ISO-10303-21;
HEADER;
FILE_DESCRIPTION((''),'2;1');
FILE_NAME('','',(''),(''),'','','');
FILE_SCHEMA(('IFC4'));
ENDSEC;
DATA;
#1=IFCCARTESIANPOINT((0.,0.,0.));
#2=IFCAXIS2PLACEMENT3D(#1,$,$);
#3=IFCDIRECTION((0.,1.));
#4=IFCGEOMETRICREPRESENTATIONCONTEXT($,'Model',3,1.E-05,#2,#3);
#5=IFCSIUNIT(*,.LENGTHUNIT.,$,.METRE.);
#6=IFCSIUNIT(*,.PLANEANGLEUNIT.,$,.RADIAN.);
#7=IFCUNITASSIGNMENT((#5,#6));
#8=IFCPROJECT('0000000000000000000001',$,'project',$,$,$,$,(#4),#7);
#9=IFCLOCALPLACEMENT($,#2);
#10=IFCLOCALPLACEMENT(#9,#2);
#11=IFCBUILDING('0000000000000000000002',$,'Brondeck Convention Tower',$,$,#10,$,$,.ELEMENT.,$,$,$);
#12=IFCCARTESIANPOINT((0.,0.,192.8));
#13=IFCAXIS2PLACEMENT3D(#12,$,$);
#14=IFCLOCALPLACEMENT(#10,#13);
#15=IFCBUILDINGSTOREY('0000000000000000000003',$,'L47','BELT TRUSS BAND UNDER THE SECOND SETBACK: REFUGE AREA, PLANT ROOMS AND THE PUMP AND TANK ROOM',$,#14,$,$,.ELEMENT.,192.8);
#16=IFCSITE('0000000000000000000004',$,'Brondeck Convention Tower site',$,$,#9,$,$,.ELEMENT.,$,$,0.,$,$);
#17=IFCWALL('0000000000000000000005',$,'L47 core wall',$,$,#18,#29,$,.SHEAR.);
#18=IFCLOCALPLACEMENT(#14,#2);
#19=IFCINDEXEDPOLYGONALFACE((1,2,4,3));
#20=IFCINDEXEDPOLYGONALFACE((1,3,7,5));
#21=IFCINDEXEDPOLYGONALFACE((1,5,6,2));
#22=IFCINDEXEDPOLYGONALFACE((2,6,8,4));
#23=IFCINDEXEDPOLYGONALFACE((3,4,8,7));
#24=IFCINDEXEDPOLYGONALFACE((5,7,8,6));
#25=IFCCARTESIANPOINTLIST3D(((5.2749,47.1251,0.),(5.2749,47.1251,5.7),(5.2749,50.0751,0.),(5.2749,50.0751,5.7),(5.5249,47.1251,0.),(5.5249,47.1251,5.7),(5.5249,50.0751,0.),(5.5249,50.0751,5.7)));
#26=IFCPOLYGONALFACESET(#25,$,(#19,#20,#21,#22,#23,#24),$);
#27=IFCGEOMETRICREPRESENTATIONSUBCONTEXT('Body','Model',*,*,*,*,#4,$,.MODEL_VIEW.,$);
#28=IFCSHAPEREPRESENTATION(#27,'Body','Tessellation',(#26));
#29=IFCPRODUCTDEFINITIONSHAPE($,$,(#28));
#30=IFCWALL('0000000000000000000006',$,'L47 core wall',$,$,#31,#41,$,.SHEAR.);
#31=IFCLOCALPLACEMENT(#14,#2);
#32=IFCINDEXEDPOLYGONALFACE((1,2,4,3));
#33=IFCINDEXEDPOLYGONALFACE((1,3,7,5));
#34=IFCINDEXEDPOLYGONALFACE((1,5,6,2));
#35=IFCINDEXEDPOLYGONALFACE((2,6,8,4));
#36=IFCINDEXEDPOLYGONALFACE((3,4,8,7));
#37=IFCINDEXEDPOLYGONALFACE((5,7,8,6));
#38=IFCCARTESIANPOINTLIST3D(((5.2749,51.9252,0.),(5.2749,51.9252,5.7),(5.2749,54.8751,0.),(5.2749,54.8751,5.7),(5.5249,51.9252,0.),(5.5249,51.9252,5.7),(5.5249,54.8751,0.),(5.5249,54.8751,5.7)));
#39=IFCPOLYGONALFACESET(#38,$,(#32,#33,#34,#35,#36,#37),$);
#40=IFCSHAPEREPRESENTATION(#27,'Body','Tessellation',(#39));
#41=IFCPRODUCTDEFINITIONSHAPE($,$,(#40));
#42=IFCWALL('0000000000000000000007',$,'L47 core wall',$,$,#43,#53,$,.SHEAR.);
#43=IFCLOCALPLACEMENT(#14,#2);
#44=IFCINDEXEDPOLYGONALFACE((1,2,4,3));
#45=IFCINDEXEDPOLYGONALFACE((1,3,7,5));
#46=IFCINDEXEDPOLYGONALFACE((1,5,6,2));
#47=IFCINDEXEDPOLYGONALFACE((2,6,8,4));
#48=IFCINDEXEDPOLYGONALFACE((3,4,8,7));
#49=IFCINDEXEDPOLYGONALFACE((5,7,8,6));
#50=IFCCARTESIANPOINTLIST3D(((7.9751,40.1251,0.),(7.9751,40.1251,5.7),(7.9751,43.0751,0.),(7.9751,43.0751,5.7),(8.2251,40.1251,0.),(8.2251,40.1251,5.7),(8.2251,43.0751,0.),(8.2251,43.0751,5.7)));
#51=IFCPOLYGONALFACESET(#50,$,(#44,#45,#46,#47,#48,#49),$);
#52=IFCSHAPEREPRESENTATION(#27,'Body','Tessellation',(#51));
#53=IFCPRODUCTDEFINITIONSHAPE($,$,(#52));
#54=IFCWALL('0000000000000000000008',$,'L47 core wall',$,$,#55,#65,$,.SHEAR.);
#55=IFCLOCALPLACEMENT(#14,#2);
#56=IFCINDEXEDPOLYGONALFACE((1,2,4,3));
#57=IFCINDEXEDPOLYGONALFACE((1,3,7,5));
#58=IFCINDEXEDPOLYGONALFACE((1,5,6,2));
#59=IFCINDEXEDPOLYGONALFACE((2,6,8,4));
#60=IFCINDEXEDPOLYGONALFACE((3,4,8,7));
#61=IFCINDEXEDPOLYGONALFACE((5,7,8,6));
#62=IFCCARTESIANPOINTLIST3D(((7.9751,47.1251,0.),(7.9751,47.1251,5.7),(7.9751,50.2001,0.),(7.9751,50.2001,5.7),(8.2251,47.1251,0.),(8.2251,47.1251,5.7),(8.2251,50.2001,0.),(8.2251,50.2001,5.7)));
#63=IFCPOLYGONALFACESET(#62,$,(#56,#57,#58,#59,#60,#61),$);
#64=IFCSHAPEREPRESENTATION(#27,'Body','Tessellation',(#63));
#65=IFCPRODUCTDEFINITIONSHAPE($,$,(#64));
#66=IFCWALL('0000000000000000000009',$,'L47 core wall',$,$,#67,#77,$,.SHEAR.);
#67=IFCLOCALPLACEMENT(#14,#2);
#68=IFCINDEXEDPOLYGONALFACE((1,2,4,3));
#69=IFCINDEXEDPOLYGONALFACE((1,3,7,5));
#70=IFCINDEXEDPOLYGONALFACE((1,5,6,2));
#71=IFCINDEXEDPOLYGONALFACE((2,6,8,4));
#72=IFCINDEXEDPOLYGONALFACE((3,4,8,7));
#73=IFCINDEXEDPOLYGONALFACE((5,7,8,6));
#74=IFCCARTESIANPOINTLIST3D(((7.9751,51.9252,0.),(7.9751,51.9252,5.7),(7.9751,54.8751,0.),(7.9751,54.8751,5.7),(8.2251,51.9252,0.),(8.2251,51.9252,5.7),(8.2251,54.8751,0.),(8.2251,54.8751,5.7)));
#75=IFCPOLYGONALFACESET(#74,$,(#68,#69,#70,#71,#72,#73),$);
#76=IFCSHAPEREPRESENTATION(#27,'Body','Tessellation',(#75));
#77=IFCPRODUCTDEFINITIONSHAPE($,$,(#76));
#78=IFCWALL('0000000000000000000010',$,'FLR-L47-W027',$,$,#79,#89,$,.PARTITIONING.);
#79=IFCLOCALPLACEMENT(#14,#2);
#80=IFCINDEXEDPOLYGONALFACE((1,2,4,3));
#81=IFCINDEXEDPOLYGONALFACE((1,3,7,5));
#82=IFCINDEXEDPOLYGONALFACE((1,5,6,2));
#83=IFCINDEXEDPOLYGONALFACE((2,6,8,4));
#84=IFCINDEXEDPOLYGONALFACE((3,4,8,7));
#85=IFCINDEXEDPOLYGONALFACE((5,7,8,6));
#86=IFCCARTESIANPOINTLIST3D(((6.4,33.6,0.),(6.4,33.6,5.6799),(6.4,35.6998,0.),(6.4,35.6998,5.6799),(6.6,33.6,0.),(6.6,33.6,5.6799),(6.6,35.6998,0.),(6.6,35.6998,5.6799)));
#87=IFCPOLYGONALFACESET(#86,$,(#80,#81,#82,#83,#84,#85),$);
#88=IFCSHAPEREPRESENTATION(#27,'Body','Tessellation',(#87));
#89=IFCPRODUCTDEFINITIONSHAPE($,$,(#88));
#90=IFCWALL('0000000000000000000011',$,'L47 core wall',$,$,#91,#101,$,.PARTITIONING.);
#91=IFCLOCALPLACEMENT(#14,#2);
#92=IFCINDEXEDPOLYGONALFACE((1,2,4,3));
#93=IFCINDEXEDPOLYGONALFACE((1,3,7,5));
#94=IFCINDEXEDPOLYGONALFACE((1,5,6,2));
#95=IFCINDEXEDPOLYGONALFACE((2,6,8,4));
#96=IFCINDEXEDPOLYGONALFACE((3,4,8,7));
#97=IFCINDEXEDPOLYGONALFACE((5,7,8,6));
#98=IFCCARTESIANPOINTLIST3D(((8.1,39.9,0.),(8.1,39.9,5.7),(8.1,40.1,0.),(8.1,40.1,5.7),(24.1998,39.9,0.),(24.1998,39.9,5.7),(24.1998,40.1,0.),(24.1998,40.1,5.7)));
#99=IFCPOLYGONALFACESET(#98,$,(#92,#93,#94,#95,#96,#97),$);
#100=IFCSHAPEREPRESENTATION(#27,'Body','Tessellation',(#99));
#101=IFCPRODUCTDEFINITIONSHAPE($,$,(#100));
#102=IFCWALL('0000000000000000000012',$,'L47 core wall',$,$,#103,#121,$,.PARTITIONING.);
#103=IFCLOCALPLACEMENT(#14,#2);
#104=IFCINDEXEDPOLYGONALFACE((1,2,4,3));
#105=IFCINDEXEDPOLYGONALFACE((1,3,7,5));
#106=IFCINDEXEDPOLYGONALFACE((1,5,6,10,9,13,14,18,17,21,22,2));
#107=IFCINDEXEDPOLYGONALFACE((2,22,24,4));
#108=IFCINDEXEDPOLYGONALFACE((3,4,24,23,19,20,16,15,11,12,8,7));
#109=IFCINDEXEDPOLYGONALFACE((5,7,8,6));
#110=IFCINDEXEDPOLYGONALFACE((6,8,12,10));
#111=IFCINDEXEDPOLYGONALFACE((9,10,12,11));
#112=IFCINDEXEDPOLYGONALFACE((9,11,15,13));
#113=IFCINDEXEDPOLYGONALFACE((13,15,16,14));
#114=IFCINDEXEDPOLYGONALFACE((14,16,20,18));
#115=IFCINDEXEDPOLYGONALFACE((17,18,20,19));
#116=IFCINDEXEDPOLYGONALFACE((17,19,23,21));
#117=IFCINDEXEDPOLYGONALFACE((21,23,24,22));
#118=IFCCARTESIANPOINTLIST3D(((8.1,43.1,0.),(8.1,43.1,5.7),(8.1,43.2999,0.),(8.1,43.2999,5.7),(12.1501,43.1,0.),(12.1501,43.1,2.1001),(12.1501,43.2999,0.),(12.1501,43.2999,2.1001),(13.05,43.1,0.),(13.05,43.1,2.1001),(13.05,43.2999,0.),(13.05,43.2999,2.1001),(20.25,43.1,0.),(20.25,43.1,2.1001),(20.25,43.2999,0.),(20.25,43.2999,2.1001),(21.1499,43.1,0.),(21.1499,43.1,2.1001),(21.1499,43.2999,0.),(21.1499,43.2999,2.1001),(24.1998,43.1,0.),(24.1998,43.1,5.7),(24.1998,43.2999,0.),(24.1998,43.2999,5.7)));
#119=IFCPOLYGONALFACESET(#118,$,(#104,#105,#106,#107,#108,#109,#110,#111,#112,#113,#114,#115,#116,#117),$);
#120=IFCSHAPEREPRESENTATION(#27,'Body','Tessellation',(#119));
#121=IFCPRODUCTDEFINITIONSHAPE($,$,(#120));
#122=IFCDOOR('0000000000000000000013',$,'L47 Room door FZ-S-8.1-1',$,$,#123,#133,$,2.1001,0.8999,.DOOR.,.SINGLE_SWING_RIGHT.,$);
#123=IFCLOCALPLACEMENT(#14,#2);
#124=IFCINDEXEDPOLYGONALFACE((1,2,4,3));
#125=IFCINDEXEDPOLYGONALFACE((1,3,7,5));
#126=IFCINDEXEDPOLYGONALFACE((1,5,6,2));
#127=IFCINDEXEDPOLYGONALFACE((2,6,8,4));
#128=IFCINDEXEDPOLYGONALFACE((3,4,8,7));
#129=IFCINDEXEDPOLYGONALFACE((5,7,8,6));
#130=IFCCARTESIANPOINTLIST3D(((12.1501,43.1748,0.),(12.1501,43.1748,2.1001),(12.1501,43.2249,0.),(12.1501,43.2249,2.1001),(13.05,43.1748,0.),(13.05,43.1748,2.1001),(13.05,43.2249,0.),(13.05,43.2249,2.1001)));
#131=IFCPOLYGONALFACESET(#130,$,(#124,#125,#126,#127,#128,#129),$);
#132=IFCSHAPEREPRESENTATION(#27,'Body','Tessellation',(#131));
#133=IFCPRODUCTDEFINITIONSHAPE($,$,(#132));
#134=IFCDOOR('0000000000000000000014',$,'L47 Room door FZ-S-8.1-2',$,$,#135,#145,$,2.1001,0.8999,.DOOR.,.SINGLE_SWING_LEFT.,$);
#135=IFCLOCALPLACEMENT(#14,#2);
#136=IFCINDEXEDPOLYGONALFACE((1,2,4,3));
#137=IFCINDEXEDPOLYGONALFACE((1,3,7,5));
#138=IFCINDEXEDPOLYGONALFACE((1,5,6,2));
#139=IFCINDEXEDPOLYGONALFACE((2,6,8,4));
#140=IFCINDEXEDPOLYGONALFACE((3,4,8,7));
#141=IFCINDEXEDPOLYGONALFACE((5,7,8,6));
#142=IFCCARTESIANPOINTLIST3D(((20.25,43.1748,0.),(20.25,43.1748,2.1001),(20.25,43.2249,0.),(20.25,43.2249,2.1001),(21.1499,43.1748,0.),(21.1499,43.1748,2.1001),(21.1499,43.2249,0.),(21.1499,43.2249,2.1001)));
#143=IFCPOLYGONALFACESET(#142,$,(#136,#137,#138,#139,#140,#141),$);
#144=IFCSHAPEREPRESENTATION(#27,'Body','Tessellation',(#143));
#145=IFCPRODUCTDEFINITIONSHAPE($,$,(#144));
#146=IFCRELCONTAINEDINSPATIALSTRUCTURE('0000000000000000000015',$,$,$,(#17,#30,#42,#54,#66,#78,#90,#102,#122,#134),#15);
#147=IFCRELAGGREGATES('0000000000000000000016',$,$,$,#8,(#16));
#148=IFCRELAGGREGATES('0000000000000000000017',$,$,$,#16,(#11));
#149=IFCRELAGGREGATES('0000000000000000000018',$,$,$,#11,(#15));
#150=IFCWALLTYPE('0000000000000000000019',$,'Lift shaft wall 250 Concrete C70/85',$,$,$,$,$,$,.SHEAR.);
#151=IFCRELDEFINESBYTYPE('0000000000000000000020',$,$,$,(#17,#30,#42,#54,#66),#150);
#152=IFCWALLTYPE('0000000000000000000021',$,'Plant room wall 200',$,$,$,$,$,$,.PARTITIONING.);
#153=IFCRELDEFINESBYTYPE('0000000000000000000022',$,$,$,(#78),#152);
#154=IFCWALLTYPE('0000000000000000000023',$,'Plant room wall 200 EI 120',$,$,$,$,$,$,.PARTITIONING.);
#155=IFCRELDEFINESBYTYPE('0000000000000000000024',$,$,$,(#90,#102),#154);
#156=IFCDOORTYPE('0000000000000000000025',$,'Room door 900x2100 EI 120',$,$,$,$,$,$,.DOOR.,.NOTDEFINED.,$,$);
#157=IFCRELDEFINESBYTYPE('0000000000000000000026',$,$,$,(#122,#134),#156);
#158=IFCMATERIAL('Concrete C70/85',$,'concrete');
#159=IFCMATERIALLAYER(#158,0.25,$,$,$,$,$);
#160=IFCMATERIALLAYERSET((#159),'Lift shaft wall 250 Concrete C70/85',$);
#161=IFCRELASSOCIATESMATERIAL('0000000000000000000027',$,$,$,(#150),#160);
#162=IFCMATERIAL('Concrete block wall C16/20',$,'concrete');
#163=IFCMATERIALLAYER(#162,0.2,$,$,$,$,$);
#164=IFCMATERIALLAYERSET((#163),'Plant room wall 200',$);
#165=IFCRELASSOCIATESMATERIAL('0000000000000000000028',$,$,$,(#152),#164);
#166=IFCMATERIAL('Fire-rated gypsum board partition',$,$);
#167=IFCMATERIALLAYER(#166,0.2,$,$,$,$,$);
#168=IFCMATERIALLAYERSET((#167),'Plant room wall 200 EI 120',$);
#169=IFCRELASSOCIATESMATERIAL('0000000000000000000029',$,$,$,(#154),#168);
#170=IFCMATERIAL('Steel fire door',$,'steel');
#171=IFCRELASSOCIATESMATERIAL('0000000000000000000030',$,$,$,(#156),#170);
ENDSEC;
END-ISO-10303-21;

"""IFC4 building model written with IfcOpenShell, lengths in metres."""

from ifc_helpers import new_model, si_unit, direction, frame, frame_2d, origin, place, context, subcontext, project, spatial, rectangle, extrude, material, layer, layer_set, type_object, element, fill, save


model = new_model("IFC4")

# Units and contexts
model_context = context("Model", 3, precision=1e-05, world=origin(), true_north=direction((0.0, 1.0)))
body_context = subcontext(model_context, "Body", "Model", "MODEL_VIEW")
ifc_project = project(units=[si_unit("LENGTHUNIT", "METRE"), si_unit("PLANEANGLEUNIT", "RADIAN")], contexts=[model_context])

# Site, building, storey
site_placement = place(None, origin())
site = spatial("IfcSite", under=ifc_project, at=site_placement, Name="Brondeck Convention Tower site", CompositionType="ELEMENT", RefElevation=0.0)
building_placement = place(site_placement, origin())
building = spatial("IfcBuilding", under=site, at=building_placement, Name="Brondeck Convention Tower", CompositionType="ELEMENT")
storey_placement = place(building_placement, frame((0.0, 0.0, 192.8)))
storey = spatial("IfcBuildingStorey", under=building, at=storey_placement, Name="L47", Description="BELT TRUSS BAND UNDER THE SECOND SETBACK: REFUGE AREA, PLANT ROOMS AND THE PUMP AND TANK ROOM", CompositionType="ELEMENT", Elevation=192.8)

# Walls
ifc_material_1 = material(Name="Concrete C70/85", Category="concrete")
ifc_layer_1 = layer(ifc_material_1, 0.25)
ifc_layer_set_1 = layer_set([ifc_layer_1], Name="Lift shaft wall 250 Concrete C70/85")
wall_type_1 = type_object("IfcWallType", Name="Lift shaft wall 250 Concrete C70/85", PredefinedType="SHEAR", material=ifc_layer_set_1)
for number, where, z_axis, x_axis, name in (
    (1, (5.3999, 47.125, 0.0), (0.0, 0.0, 1.0), (0.0, 1.0, 0.0), "L47 core wall"),
    (2, (5.3999, 51.925, 0.0), (0.0, 0.0, 1.0), (0.0, 1.0, 0.0), "L47 core wall"),
    (3, (8.1001, 40.125, 0.0), (0.0, 0.0, 1.0), (0.0, 1.0, 0.0), "L47 core wall"),
):
    element("IfcWall", number, at=place(storey_placement, frame(where, z_axis=z_axis, x_axis=x_axis)), inside=storey, type_object=wall_type_1, Name=name, PredefinedType="SHEAR", context=body_context, shape_type="SweptSolid", body=[
        extrude(rectangle(XDim=2.95, YDim=0.25, at=frame_2d((1.4751, 0.0))), origin(), (0.0, 0.0, 1.0), 5.7),
    ])
wall_1_placement = place(storey_placement, frame((8.1001, 47.125, 0.0), z_axis=(0.0, 0.0, 1.0), x_axis=(0.0, 1.0, 0.0)))
element("IfcWall", 4, at=wall_1_placement, inside=storey, type_object=wall_type_1, Name="L47 core wall", PredefinedType="SHEAR", context=body_context, shape_type="SweptSolid", body=[
    extrude(rectangle(XDim=3.075, YDim=0.25, at=frame_2d((1.5376, 0.0))), origin(), (0.0, 0.0, 1.0), 5.7),
])
wall_2_placement = place(storey_placement, frame((8.1001, 51.925, 0.0), z_axis=(0.0, 0.0, 1.0), x_axis=(0.0, 1.0, 0.0)))
element("IfcWall", 5, at=wall_2_placement, inside=storey, type_object=wall_type_1, Name="L47 core wall", PredefinedType="SHEAR", context=body_context, shape_type="SweptSolid", body=[
    extrude(rectangle(XDim=2.95, YDim=0.25, at=frame_2d((1.4751, 0.0))), origin(), (0.0, 0.0, 1.0), 5.7),
])
ifc_material_2 = material(Name="Concrete block wall C16/20", Category="concrete")
ifc_layer_2 = layer(ifc_material_2, 0.2)
ifc_layer_set_2 = layer_set([ifc_layer_2], Name="Plant room wall 200")
wall_type_2 = type_object("IfcWallType", Name="Plant room wall 200", PredefinedType="PARTITIONING", material=ifc_layer_set_2)
wall_3_placement = place(storey_placement, frame((6.5, 33.6001, 0.0), z_axis=(0.0, 0.0, 1.0), x_axis=(0.0, 1.0, 0.0)))
element("IfcWall", 6, at=wall_3_placement, inside=storey, type_object=wall_type_2, Name="FLR-L47-W027", PredefinedType="PARTITIONING", context=body_context, shape_type="SweptSolid", body=[
    extrude(rectangle(XDim=2.0999, YDim=0.2, at=frame_2d((1.0498, 0.0))), origin(), (0.0, 0.0, 1.0), 5.6799),
])
ifc_material_3 = material(Name="Fire-rated gypsum board partition")
ifc_layer_3 = layer(ifc_material_3, 0.2)
ifc_layer_set_3 = layer_set([ifc_layer_3], Name="Plant room wall 200 EI 120")
wall_type_3 = type_object("IfcWallType", Name="Plant room wall 200 EI 120", PredefinedType="PARTITIONING", material=ifc_layer_set_3)
wall_4_placement = place(storey_placement, frame((8.1001, 40.0, 0.0), z_axis=(0.0, 0.0, 1.0), x_axis=(1.0, 0.0, 0.0)))
element("IfcWall", 7, at=wall_4_placement, inside=storey, type_object=wall_type_3, Name="L47 core wall", PredefinedType="PARTITIONING", context=body_context, shape_type="SweptSolid", body=[
    extrude(rectangle(XDim=16.0999, YDim=0.2, at=frame_2d((8.0498, 0.0))), origin(), (0.0, 0.0, 1.0), 5.7),
])

# Wall, openings, doors
wall_5_placement = place(storey_placement, frame((8.1001, 43.2, 0.0), z_axis=(0.0, 0.0, 1.0), x_axis=(1.0, 0.0, 0.0)))
wall_5 = element("IfcWall", 8, at=wall_5_placement, inside=storey, type_object=wall_type_3, Name="L47 core wall", PredefinedType="PARTITIONING", context=body_context, shape_type="SweptSolid", body=[
    extrude(rectangle(XDim=16.0999, YDim=0.2, at=frame_2d((8.0498, 0.0))), origin(), (0.0, 0.0, 1.0), 5.7),
])
opening_1_placement = place(wall_5_placement, frame((4.05, 0.0, 0.0)))
opening_1 = element("IfcOpeningElement", 9, at=opening_1_placement, cuts=wall_5, PredefinedType="OPENING", context=body_context, shape_type="SweptSolid", body=[
    extrude(rectangle(XDim=0.8999, YDim=2.1001, at=frame_2d((0.45, 1.05))), frame((0.0, 0.1099, 0.0), z_axis=(0.0, -1.0, 0.0), x_axis=(1.0, 0.0, 0.0)), (0.0, 0.0, 1.0), 0.22),
])
opening_2_placement = place(wall_5_placement, frame((12.1499, 0.0, 0.0)))
opening_2 = element("IfcOpeningElement", 10, at=opening_2_placement, cuts=wall_5, PredefinedType="OPENING", context=body_context, shape_type="SweptSolid", body=[
    extrude(rectangle(XDim=0.8999, YDim=2.1001, at=frame_2d((0.45, 1.05))), frame((0.0, 0.1099, 0.0), z_axis=(0.0, -1.0, 0.0), x_axis=(1.0, 0.0, 0.0)), (0.0, 0.0, 1.0), 0.22),
])
ifc_material_4 = material(Name="Steel fire door", Category="steel")
door_type = type_object("IfcDoorType", Name="Room door 900x2100 EI 120", OperationType="NOTDEFINED", PredefinedType="DOOR", material=ifc_material_4)
door_1_placement = place(opening_1_placement, origin())
door_1 = element("IfcDoor", 11, at=door_1_placement, inside=storey, type_object=door_type, Name="L47 Room door FZ-S-8.1-1", OperationType="SINGLE_SWING_RIGHT", OverallHeight=2.1001, OverallWidth=0.8999, PredefinedType="DOOR", context=body_context, shape_type="SweptSolid", body=[
    extrude(rectangle(XDim=0.8999, YDim=2.1001, at=frame_2d((0.45, 1.05))), frame((0.0, 0.0249, 0.0), z_axis=(0.0, -1.0, 0.0), x_axis=(1.0, 0.0, 0.0)), (0.0, 0.0, 1.0), 0.05),
])
fill(opening_1, door_1)
door_2_placement = place(opening_2_placement, origin())
door_2 = element("IfcDoor", 12, at=door_2_placement, inside=storey, type_object=door_type, Name="L47 Room door FZ-S-8.1-2", OperationType="SINGLE_SWING_LEFT", OverallHeight=2.1001, OverallWidth=0.8999, PredefinedType="DOOR", context=body_context, shape_type="SweptSolid", body=[
    extrude(rectangle(XDim=0.8999, YDim=2.1001, at=frame_2d((0.45, 1.05))), frame((0.0, 0.0249, 0.0), z_axis=(0.0, -1.0, 0.0), x_axis=(1.0, 0.0, 0.0)), (0.0, 0.0, 1.0), 0.05),
])
fill(opening_2, door_2)

save(model, "model.ifc")
